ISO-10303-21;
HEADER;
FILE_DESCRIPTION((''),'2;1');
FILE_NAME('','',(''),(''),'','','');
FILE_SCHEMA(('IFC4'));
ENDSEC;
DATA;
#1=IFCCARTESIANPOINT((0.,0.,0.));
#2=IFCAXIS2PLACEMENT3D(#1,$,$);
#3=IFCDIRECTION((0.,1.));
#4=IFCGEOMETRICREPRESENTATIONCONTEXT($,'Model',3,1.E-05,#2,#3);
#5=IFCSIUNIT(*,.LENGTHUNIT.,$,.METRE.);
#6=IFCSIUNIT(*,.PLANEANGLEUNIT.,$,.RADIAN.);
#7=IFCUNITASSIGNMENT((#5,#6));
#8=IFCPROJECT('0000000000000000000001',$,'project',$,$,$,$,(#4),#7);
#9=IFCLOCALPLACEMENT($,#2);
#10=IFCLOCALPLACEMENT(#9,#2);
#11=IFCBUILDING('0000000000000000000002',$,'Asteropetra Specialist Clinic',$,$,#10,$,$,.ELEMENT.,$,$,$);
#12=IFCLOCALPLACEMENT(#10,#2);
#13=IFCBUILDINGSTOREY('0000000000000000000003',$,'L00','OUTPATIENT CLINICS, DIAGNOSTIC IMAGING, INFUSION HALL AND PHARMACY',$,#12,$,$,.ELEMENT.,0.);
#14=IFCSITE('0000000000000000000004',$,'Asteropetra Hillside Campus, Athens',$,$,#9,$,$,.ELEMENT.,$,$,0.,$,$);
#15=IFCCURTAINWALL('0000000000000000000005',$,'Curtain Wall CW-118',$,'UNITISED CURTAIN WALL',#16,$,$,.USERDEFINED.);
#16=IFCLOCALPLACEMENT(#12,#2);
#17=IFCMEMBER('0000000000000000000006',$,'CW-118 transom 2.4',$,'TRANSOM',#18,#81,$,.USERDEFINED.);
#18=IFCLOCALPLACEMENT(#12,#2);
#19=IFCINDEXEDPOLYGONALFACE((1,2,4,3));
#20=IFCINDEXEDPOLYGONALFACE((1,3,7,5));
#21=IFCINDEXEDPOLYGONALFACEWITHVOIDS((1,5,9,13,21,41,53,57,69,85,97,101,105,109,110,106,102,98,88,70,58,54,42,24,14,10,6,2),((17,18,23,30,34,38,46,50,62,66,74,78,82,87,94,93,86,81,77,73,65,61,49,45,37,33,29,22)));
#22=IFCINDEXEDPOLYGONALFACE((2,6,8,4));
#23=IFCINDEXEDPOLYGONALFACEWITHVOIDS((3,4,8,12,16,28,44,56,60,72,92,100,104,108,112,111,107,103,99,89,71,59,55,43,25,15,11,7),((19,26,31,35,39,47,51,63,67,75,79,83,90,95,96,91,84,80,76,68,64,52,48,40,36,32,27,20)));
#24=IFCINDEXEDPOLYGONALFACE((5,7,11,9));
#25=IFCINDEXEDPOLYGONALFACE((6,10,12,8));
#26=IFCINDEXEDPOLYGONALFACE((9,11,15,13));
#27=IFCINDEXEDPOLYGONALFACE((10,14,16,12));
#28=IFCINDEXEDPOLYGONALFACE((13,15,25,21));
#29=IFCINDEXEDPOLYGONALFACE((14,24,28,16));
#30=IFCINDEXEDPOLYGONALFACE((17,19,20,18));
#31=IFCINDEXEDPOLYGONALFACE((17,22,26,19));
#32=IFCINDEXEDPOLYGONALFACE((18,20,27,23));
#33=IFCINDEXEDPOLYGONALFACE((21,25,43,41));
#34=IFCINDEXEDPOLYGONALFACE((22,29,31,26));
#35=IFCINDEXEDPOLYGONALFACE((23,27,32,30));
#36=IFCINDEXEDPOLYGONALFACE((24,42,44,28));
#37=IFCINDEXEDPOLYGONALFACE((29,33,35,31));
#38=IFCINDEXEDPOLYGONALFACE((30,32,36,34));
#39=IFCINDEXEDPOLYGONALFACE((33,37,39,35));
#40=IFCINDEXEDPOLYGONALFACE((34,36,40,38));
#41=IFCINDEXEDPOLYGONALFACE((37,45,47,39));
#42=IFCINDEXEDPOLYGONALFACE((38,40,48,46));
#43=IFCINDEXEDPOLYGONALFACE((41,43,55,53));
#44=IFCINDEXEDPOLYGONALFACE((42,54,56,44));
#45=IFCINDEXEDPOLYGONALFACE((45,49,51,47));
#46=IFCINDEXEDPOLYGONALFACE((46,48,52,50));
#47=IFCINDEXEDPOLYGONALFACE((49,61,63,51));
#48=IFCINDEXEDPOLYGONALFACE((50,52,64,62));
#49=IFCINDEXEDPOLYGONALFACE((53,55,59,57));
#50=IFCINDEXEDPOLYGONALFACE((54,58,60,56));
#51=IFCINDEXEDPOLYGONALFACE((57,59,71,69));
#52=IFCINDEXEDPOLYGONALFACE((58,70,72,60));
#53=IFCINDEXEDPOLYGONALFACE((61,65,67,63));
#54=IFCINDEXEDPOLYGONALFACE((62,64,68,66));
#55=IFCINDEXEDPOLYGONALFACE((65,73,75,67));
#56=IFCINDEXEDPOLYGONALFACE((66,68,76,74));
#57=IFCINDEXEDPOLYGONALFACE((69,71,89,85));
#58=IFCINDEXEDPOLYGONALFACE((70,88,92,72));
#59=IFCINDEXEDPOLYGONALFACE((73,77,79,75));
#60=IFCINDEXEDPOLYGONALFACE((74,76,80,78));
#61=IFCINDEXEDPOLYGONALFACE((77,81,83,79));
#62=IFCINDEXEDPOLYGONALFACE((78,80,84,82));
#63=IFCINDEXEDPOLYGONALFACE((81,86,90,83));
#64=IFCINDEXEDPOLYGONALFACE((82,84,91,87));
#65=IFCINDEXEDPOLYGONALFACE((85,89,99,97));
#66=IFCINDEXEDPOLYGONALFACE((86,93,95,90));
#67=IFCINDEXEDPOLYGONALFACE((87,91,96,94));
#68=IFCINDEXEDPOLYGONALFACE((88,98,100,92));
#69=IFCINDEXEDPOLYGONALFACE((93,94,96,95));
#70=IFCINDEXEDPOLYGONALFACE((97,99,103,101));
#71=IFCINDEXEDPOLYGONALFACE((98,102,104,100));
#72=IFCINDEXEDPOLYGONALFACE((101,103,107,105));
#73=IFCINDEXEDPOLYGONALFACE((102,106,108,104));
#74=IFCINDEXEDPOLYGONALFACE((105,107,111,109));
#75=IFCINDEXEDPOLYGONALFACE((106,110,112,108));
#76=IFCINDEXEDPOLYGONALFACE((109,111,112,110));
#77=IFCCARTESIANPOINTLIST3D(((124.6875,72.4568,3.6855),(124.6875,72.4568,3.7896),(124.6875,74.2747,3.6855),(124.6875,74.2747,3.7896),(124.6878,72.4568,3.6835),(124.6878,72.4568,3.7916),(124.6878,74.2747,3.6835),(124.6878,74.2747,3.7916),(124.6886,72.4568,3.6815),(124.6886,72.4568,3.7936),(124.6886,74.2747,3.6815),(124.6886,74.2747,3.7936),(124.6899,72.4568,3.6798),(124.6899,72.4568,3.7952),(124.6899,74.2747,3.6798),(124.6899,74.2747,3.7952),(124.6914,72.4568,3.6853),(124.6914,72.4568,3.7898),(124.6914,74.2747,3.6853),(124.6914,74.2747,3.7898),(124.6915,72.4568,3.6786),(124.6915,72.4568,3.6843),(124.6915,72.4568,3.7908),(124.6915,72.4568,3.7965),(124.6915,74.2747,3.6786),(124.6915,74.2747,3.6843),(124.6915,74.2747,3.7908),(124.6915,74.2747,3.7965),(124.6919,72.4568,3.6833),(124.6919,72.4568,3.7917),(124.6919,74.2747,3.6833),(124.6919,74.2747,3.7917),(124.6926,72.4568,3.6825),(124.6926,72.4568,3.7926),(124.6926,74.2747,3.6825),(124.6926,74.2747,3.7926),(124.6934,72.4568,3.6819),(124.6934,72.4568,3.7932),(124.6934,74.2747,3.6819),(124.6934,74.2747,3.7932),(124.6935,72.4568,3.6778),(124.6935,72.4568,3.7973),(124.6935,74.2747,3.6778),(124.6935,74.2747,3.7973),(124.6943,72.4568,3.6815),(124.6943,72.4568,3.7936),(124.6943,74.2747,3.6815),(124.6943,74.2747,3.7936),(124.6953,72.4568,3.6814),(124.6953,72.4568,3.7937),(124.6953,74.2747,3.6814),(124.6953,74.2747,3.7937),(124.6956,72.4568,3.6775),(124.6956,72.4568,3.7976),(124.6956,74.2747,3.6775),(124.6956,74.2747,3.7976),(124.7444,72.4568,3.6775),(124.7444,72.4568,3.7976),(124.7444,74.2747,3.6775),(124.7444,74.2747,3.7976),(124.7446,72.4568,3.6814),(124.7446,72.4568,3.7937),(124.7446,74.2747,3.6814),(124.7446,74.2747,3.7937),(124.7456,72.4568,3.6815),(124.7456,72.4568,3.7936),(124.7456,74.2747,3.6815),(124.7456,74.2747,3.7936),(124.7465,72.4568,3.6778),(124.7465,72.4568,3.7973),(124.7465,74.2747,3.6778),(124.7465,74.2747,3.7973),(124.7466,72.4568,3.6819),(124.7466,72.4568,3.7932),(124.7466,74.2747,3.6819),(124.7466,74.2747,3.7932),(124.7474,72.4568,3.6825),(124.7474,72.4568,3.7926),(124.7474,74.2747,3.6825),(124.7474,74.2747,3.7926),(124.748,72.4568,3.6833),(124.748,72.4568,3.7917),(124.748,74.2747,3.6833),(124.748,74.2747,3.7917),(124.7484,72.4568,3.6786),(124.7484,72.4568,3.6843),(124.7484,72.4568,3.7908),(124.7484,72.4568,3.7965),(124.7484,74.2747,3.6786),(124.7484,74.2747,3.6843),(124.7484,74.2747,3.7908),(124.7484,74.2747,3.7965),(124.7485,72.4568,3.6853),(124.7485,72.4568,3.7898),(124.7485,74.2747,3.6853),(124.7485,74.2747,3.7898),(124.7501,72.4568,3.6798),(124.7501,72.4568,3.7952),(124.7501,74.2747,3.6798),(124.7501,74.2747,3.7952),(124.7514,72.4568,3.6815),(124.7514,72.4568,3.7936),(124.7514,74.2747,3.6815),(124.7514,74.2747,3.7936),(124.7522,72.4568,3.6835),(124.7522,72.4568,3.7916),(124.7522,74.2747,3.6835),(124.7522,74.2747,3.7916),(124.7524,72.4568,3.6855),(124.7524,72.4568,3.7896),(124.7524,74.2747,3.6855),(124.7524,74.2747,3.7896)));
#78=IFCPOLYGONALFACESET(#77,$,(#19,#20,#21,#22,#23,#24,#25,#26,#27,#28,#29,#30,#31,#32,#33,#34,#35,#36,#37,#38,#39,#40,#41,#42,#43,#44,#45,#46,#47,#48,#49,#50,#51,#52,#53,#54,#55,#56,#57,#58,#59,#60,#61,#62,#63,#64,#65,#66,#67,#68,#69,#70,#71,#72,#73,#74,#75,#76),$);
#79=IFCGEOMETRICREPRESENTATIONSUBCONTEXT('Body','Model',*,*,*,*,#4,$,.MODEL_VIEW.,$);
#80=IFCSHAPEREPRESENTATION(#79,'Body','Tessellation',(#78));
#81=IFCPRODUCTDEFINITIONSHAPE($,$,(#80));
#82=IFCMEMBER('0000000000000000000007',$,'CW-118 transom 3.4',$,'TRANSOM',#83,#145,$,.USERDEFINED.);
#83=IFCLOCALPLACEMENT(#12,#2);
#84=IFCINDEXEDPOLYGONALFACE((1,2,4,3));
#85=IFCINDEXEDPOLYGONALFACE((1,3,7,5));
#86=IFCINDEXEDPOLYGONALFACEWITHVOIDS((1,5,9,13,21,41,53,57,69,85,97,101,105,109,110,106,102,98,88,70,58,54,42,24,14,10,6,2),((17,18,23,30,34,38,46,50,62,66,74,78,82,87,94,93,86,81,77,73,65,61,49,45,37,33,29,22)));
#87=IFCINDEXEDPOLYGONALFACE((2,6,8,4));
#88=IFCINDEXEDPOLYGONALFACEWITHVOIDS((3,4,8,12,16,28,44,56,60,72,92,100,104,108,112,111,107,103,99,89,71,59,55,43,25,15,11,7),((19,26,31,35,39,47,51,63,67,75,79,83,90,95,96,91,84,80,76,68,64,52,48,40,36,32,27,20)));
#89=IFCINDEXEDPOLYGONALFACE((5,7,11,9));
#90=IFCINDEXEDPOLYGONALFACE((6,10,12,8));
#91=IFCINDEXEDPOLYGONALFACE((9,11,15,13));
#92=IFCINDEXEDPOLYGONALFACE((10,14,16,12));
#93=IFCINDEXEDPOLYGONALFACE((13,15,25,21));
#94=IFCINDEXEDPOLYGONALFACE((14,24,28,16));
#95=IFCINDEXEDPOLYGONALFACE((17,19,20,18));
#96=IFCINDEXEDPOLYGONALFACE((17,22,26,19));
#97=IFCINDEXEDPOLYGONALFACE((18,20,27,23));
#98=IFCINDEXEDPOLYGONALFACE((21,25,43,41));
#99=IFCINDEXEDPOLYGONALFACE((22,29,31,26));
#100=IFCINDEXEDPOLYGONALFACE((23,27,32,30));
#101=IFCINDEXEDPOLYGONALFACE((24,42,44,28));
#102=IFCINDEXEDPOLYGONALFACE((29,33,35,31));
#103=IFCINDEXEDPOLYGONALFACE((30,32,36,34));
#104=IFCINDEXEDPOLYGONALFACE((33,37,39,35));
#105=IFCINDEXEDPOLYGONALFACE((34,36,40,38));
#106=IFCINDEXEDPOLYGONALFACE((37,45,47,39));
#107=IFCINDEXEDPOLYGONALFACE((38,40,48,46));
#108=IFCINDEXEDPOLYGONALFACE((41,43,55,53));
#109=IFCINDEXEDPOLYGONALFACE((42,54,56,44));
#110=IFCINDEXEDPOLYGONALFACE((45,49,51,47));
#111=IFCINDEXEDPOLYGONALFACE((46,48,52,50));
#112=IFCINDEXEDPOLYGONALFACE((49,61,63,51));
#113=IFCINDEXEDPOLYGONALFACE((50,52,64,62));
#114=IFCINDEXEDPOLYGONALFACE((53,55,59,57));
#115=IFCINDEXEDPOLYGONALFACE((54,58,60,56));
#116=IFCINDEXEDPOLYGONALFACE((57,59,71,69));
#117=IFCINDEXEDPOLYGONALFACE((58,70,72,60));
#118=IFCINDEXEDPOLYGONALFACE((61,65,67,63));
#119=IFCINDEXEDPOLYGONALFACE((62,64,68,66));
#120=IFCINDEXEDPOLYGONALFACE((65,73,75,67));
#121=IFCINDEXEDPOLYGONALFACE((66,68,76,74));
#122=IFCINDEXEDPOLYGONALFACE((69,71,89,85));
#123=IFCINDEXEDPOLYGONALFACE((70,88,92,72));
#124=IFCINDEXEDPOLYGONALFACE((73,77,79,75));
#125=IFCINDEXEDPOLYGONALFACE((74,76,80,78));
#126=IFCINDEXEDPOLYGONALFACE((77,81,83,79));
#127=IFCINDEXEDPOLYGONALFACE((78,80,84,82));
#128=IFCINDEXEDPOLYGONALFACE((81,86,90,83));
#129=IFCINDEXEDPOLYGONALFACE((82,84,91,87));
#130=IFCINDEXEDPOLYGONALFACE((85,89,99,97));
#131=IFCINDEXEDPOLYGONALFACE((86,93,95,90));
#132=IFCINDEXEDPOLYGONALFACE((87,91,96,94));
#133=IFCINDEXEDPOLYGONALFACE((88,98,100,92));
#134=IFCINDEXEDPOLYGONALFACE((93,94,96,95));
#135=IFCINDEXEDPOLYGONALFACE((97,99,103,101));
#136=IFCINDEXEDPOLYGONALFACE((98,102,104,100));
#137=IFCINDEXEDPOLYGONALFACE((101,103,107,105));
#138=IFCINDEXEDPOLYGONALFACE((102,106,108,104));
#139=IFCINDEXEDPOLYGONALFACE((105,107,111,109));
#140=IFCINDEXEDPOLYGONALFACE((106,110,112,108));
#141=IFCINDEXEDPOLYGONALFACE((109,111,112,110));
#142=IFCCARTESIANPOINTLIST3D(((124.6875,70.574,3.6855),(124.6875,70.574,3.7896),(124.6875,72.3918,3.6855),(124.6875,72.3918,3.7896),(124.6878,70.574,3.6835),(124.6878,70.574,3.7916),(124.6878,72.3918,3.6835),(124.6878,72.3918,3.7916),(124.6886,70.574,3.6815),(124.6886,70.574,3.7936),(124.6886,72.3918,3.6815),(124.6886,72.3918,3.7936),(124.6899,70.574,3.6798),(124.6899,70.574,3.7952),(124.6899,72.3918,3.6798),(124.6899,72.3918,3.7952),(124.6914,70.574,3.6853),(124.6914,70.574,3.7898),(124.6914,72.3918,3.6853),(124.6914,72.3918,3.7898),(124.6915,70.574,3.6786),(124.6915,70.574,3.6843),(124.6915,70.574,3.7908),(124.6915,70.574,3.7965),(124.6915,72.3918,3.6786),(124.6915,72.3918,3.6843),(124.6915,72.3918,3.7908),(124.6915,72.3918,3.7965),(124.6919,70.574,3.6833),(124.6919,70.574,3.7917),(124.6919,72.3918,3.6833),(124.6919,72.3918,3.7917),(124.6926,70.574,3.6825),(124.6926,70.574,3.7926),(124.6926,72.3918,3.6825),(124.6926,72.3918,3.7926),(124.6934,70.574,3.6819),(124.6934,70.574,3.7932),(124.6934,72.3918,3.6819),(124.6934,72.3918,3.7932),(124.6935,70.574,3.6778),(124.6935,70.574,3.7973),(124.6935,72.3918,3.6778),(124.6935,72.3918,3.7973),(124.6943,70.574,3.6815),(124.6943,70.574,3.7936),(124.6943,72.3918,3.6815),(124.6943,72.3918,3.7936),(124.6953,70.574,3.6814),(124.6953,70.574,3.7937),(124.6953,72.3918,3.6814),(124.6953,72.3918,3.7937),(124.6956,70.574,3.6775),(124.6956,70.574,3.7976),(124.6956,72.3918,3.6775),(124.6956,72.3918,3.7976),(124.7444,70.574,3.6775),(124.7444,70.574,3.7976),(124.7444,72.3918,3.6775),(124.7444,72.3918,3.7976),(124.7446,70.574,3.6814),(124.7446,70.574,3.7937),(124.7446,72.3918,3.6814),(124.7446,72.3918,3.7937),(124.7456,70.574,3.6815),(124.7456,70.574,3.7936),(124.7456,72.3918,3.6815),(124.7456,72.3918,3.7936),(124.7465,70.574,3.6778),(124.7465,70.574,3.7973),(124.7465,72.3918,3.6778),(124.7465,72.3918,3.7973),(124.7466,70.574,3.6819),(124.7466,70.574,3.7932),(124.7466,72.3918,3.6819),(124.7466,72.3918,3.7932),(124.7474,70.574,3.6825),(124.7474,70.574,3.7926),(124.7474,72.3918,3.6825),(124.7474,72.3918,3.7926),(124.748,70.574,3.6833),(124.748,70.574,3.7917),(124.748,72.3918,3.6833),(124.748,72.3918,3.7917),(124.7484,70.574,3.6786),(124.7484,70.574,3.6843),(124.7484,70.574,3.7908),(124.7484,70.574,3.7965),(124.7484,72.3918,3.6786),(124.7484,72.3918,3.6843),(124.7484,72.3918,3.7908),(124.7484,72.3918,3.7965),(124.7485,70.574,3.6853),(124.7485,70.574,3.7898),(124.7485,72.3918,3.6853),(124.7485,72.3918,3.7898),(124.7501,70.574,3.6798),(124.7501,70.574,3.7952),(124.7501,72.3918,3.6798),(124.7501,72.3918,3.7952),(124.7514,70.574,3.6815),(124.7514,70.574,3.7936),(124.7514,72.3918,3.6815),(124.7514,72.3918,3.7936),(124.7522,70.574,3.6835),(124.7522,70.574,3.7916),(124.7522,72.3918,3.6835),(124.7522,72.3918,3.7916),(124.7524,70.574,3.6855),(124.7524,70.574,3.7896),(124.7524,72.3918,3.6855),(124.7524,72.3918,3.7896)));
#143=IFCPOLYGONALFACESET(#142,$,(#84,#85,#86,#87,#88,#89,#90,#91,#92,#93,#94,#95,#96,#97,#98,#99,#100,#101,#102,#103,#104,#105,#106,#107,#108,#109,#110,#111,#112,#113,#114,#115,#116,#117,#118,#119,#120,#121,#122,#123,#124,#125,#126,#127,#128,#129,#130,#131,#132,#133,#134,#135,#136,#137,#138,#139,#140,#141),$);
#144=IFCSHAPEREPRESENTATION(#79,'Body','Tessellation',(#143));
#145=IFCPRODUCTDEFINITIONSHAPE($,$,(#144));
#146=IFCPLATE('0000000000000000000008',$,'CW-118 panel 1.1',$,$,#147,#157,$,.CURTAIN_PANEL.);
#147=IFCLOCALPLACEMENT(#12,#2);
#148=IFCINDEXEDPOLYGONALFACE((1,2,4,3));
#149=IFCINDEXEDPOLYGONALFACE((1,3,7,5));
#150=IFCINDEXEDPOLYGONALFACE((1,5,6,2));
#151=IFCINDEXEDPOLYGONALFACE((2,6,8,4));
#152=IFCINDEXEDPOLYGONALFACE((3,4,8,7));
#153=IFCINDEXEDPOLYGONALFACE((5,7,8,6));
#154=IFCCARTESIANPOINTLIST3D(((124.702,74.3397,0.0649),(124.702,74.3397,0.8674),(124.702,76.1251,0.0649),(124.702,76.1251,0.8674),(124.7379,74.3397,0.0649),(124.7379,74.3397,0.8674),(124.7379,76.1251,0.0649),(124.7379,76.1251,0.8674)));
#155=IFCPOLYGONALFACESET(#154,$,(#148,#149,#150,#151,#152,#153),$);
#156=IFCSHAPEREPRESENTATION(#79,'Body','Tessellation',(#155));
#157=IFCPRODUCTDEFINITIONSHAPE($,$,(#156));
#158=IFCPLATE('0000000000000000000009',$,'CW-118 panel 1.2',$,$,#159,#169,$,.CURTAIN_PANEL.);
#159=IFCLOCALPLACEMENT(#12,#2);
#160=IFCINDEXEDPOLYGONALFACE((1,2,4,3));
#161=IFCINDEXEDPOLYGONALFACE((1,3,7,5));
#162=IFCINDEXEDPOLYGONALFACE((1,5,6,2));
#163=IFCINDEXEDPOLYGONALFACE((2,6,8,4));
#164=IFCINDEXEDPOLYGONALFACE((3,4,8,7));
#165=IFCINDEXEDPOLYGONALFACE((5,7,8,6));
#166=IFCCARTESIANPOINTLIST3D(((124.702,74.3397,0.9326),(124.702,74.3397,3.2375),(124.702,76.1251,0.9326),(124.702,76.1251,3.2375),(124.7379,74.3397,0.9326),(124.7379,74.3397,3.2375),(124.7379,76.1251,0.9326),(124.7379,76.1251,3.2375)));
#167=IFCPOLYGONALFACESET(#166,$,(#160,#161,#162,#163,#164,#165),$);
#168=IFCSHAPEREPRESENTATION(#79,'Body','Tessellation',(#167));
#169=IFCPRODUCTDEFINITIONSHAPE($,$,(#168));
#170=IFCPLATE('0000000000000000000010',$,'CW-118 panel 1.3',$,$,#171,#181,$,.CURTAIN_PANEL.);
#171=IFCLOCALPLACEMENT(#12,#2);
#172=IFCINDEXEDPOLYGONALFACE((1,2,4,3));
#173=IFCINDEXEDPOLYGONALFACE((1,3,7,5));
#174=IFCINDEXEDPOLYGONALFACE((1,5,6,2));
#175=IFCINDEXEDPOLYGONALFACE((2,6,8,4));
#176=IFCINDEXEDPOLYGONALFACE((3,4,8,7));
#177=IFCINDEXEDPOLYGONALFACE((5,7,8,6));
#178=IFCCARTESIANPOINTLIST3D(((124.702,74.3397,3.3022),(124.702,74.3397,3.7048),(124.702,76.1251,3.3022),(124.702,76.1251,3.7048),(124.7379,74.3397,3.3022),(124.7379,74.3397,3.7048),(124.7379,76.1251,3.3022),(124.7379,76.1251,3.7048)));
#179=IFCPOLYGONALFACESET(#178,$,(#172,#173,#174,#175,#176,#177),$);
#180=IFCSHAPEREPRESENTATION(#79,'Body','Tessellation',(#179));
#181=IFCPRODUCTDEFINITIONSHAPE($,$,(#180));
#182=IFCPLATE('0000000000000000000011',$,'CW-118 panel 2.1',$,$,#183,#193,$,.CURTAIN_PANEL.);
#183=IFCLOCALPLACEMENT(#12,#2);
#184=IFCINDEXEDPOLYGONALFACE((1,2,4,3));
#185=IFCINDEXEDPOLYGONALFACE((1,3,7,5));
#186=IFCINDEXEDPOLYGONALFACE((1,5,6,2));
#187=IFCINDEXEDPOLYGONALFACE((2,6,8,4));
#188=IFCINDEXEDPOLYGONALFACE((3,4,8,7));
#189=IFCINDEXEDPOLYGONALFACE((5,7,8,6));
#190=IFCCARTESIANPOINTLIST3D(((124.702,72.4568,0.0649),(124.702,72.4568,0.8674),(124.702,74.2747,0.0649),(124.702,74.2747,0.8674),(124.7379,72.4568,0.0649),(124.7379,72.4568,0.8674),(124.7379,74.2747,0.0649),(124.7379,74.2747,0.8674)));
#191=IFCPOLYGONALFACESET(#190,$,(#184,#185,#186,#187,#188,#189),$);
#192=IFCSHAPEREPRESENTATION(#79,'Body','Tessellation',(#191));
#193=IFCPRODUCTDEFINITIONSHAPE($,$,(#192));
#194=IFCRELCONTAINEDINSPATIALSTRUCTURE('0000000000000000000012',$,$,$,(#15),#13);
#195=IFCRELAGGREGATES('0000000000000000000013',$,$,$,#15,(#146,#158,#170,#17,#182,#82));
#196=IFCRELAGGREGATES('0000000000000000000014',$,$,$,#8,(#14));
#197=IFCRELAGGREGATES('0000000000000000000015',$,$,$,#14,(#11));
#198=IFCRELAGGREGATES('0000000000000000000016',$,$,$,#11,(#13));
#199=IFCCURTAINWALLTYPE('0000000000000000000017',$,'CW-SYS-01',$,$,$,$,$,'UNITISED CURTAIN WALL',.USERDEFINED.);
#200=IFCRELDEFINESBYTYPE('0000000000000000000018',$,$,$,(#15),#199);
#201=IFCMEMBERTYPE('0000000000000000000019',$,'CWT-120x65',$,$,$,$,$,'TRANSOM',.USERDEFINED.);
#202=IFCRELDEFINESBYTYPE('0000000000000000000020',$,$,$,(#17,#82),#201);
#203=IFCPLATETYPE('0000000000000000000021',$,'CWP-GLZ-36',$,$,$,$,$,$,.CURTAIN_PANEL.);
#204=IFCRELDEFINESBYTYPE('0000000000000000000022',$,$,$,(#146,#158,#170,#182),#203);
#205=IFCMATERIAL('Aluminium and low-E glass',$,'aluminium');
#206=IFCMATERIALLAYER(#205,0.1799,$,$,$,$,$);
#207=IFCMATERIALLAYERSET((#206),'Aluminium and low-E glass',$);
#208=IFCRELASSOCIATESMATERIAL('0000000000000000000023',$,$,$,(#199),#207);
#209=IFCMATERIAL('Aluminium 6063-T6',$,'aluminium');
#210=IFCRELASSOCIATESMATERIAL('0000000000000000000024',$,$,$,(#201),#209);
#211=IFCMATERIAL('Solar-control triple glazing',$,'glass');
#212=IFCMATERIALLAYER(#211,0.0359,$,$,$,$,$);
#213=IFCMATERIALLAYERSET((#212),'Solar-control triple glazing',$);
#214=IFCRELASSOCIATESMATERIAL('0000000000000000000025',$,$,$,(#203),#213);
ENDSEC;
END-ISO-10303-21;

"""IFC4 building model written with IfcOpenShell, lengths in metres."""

from ifc_helpers import new_model, si_unit, direction, frame, origin, origin_2d, place, context, subcontext, project, spatial, rectangle, hollow_rectangle, extrude, material, layer, layer_set, material_profile, profile_set, type_object, element, aggregate, save


model = new_model("IFC4")

# Units and contexts
model_context = context("Model", 3, precision=1e-05, world=origin(), true_north=direction((0.0, 1.0)))
body_context = subcontext(model_context, "Body", "Model", "MODEL_VIEW")
ifc_project = project(units=[si_unit("LENGTHUNIT", "METRE"), si_unit("PLANEANGLEUNIT", "RADIAN")], contexts=[model_context])

# Site, building, storey
site_placement = place(None, origin())
site = spatial("IfcSite", under=ifc_project, at=site_placement, Name="Asteropetra Hillside Campus, Athens", CompositionType="ELEMENT", RefElevation=0.0)
building_placement = place(site_placement, origin())
building = spatial("IfcBuilding", under=site, at=building_placement, Name="Asteropetra Specialist Clinic", CompositionType="ELEMENT")
storey_placement = place(building_placement, origin())
storey = spatial("IfcBuildingStorey", under=building, at=storey_placement, Name="L00", Description="OUTPATIENT CLINICS, DIAGNOSTIC IMAGING, INFUSION HALL AND PHARMACY", CompositionType="ELEMENT", Elevation=0.0)

# Curtain wall, members, plates
ifc_material_1 = material(Name="Aluminium and low-E glass", Category="aluminium")
ifc_layer_1 = layer(ifc_material_1, 0.1799)
ifc_layer_set_1 = layer_set([ifc_layer_1], Name="Aluminium and low-E glass")
curtain_wall_type = type_object("IfcCurtainWallType", Name="CW-SYS-01", ElementType="UNITISED CURTAIN WALL", PredefinedType="USERDEFINED", material=ifc_layer_set_1)
curtain_wall_placement = place(storey_placement, origin())
curtain_wall = element("IfcCurtainWall", 1, at=curtain_wall_placement, inside=storey, type_object=curtain_wall_type, Name="Curtain Wall CW-118", ObjectType="UNITISED CURTAIN WALL", PredefinedType="USERDEFINED")
ifc_material_2 = material(Name="Aluminium 6063-T6", Category="aluminium")
ifc_material_profile_1 = material_profile(ifc_material_2, hollow_rectangle(XDim=0.0649, YDim=0.1201, WallThickness=0.0039, InnerFilletRadius=0.0039, OuterFilletRadius=0.0081, at=origin_2d()), Name="TRN 120x65x4.0")
ifc_profile_set_1 = profile_set([ifc_material_profile_1], Name="Aluminium 6063-T6")
member_type_1 = type_object("IfcMemberType", Name="CWT-120x65", ElementType="TRANSOM", PredefinedType="USERDEFINED", material=ifc_profile_set_1)
member_1_placement = place(storey_placement, frame((124.72, 74.2747, 3.7375), z_axis=(0.0, -1.0, 0.0), x_axis=(1.0, 0.0, 0.0)))
member_1 = element("IfcMember", 2, at=member_1_placement, type_object=member_type_1, Name="CW-118 transom 2.4", ObjectType="TRANSOM", PredefinedType="USERDEFINED", context=body_context, shape_type="SweptSolid", body=[
    extrude(hollow_rectangle(XDim=0.0649, YDim=0.1201, WallThickness=0.0039, InnerFilletRadius=0.0039, OuterFilletRadius=0.0081, at=origin_2d()), origin(), (0.0, 0.0, 1.0), 1.8179),
])
member_2_placement = place(storey_placement, frame((124.72, 72.3918, 3.7375), z_axis=(0.0, -1.0, 0.0), x_axis=(1.0, 0.0, 0.0)))
member_2 = element("IfcMember", 3, at=member_2_placement, type_object=member_type_1, Name="CW-118 transom 3.4", ObjectType="TRANSOM", PredefinedType="USERDEFINED", context=body_context, shape_type="SweptSolid", body=[
    extrude(hollow_rectangle(XDim=0.0649, YDim=0.1201, WallThickness=0.0039, InnerFilletRadius=0.0039, OuterFilletRadius=0.0081, at=origin_2d()), origin(), (0.0, 0.0, 1.0), 1.8179),
])
ifc_material_3 = material(Name="Solar-control triple glazing", Category="glass")
ifc_layer_2 = layer(ifc_material_3, 0.0359)
ifc_layer_set_2 = layer_set([ifc_layer_2], Name="Solar-control triple glazing")
plate_type = type_object("IfcPlateType", Name="CWP-GLZ-36", PredefinedType="CURTAIN_PANEL", material=ifc_layer_set_2)
plate_1_placement = place(storey_placement, frame((124.72, 75.2324, 0.0649), z_axis=(0.0, 0.0, 1.0), x_axis=(0.0, -1.0, 0.0)))
plate_1 = element("IfcPlate", 4, at=plate_1_placement, type_object=plate_type, Name="CW-118 panel 1.1", PredefinedType="CURTAIN_PANEL", context=body_context, shape_type="SweptSolid", body=[
    extrude(rectangle(XDim=1.7854, YDim=0.0359, at=origin_2d()), origin(), (0.0, 0.0, 1.0), 0.8025),
])
plate_2_placement = place(storey_placement, frame((124.72, 75.2324, 0.9326), z_axis=(0.0, 0.0, 1.0), x_axis=(0.0, -1.0, 0.0)))
plate_2 = element("IfcPlate", 5, at=plate_2_placement, type_object=plate_type, Name="CW-118 panel 1.2", PredefinedType="CURTAIN_PANEL", context=body_context, shape_type="SweptSolid", body=[
    extrude(rectangle(XDim=1.7854, YDim=0.0359, at=origin_2d()), origin(), (0.0, 0.0, 1.0), 2.3049),
])
plate_3_placement = place(storey_placement, frame((124.72, 75.2324, 3.3022), z_axis=(0.0, 0.0, 1.0), x_axis=(0.0, -1.0, 0.0)))
plate_3 = element("IfcPlate", 6, at=plate_3_placement, type_object=plate_type, Name="CW-118 panel 1.3", PredefinedType="CURTAIN_PANEL", context=body_context, shape_type="SweptSolid", body=[
    extrude(rectangle(XDim=1.7854, YDim=0.0359, at=origin_2d()), origin(), (0.0, 0.0, 1.0), 0.4026),
])
plate_4_placement = place(storey_placement, frame((124.72, 73.3657, 0.0649), z_axis=(0.0, 0.0, 1.0), x_axis=(0.0, -1.0, 0.0)))
plate_4 = element("IfcPlate", 7, at=plate_4_placement, type_object=plate_type, Name="CW-118 panel 2.1", PredefinedType="CURTAIN_PANEL", context=body_context, shape_type="SweptSolid", body=[
    extrude(rectangle(XDim=1.8179, YDim=0.0359, at=origin_2d()), origin(), (0.0, 0.0, 1.0), 0.8025),
])
aggregate(curtain_wall, [plate_1, plate_2, plate_3, member_1, plate_4, member_2])

save(model, "model.ifc")
